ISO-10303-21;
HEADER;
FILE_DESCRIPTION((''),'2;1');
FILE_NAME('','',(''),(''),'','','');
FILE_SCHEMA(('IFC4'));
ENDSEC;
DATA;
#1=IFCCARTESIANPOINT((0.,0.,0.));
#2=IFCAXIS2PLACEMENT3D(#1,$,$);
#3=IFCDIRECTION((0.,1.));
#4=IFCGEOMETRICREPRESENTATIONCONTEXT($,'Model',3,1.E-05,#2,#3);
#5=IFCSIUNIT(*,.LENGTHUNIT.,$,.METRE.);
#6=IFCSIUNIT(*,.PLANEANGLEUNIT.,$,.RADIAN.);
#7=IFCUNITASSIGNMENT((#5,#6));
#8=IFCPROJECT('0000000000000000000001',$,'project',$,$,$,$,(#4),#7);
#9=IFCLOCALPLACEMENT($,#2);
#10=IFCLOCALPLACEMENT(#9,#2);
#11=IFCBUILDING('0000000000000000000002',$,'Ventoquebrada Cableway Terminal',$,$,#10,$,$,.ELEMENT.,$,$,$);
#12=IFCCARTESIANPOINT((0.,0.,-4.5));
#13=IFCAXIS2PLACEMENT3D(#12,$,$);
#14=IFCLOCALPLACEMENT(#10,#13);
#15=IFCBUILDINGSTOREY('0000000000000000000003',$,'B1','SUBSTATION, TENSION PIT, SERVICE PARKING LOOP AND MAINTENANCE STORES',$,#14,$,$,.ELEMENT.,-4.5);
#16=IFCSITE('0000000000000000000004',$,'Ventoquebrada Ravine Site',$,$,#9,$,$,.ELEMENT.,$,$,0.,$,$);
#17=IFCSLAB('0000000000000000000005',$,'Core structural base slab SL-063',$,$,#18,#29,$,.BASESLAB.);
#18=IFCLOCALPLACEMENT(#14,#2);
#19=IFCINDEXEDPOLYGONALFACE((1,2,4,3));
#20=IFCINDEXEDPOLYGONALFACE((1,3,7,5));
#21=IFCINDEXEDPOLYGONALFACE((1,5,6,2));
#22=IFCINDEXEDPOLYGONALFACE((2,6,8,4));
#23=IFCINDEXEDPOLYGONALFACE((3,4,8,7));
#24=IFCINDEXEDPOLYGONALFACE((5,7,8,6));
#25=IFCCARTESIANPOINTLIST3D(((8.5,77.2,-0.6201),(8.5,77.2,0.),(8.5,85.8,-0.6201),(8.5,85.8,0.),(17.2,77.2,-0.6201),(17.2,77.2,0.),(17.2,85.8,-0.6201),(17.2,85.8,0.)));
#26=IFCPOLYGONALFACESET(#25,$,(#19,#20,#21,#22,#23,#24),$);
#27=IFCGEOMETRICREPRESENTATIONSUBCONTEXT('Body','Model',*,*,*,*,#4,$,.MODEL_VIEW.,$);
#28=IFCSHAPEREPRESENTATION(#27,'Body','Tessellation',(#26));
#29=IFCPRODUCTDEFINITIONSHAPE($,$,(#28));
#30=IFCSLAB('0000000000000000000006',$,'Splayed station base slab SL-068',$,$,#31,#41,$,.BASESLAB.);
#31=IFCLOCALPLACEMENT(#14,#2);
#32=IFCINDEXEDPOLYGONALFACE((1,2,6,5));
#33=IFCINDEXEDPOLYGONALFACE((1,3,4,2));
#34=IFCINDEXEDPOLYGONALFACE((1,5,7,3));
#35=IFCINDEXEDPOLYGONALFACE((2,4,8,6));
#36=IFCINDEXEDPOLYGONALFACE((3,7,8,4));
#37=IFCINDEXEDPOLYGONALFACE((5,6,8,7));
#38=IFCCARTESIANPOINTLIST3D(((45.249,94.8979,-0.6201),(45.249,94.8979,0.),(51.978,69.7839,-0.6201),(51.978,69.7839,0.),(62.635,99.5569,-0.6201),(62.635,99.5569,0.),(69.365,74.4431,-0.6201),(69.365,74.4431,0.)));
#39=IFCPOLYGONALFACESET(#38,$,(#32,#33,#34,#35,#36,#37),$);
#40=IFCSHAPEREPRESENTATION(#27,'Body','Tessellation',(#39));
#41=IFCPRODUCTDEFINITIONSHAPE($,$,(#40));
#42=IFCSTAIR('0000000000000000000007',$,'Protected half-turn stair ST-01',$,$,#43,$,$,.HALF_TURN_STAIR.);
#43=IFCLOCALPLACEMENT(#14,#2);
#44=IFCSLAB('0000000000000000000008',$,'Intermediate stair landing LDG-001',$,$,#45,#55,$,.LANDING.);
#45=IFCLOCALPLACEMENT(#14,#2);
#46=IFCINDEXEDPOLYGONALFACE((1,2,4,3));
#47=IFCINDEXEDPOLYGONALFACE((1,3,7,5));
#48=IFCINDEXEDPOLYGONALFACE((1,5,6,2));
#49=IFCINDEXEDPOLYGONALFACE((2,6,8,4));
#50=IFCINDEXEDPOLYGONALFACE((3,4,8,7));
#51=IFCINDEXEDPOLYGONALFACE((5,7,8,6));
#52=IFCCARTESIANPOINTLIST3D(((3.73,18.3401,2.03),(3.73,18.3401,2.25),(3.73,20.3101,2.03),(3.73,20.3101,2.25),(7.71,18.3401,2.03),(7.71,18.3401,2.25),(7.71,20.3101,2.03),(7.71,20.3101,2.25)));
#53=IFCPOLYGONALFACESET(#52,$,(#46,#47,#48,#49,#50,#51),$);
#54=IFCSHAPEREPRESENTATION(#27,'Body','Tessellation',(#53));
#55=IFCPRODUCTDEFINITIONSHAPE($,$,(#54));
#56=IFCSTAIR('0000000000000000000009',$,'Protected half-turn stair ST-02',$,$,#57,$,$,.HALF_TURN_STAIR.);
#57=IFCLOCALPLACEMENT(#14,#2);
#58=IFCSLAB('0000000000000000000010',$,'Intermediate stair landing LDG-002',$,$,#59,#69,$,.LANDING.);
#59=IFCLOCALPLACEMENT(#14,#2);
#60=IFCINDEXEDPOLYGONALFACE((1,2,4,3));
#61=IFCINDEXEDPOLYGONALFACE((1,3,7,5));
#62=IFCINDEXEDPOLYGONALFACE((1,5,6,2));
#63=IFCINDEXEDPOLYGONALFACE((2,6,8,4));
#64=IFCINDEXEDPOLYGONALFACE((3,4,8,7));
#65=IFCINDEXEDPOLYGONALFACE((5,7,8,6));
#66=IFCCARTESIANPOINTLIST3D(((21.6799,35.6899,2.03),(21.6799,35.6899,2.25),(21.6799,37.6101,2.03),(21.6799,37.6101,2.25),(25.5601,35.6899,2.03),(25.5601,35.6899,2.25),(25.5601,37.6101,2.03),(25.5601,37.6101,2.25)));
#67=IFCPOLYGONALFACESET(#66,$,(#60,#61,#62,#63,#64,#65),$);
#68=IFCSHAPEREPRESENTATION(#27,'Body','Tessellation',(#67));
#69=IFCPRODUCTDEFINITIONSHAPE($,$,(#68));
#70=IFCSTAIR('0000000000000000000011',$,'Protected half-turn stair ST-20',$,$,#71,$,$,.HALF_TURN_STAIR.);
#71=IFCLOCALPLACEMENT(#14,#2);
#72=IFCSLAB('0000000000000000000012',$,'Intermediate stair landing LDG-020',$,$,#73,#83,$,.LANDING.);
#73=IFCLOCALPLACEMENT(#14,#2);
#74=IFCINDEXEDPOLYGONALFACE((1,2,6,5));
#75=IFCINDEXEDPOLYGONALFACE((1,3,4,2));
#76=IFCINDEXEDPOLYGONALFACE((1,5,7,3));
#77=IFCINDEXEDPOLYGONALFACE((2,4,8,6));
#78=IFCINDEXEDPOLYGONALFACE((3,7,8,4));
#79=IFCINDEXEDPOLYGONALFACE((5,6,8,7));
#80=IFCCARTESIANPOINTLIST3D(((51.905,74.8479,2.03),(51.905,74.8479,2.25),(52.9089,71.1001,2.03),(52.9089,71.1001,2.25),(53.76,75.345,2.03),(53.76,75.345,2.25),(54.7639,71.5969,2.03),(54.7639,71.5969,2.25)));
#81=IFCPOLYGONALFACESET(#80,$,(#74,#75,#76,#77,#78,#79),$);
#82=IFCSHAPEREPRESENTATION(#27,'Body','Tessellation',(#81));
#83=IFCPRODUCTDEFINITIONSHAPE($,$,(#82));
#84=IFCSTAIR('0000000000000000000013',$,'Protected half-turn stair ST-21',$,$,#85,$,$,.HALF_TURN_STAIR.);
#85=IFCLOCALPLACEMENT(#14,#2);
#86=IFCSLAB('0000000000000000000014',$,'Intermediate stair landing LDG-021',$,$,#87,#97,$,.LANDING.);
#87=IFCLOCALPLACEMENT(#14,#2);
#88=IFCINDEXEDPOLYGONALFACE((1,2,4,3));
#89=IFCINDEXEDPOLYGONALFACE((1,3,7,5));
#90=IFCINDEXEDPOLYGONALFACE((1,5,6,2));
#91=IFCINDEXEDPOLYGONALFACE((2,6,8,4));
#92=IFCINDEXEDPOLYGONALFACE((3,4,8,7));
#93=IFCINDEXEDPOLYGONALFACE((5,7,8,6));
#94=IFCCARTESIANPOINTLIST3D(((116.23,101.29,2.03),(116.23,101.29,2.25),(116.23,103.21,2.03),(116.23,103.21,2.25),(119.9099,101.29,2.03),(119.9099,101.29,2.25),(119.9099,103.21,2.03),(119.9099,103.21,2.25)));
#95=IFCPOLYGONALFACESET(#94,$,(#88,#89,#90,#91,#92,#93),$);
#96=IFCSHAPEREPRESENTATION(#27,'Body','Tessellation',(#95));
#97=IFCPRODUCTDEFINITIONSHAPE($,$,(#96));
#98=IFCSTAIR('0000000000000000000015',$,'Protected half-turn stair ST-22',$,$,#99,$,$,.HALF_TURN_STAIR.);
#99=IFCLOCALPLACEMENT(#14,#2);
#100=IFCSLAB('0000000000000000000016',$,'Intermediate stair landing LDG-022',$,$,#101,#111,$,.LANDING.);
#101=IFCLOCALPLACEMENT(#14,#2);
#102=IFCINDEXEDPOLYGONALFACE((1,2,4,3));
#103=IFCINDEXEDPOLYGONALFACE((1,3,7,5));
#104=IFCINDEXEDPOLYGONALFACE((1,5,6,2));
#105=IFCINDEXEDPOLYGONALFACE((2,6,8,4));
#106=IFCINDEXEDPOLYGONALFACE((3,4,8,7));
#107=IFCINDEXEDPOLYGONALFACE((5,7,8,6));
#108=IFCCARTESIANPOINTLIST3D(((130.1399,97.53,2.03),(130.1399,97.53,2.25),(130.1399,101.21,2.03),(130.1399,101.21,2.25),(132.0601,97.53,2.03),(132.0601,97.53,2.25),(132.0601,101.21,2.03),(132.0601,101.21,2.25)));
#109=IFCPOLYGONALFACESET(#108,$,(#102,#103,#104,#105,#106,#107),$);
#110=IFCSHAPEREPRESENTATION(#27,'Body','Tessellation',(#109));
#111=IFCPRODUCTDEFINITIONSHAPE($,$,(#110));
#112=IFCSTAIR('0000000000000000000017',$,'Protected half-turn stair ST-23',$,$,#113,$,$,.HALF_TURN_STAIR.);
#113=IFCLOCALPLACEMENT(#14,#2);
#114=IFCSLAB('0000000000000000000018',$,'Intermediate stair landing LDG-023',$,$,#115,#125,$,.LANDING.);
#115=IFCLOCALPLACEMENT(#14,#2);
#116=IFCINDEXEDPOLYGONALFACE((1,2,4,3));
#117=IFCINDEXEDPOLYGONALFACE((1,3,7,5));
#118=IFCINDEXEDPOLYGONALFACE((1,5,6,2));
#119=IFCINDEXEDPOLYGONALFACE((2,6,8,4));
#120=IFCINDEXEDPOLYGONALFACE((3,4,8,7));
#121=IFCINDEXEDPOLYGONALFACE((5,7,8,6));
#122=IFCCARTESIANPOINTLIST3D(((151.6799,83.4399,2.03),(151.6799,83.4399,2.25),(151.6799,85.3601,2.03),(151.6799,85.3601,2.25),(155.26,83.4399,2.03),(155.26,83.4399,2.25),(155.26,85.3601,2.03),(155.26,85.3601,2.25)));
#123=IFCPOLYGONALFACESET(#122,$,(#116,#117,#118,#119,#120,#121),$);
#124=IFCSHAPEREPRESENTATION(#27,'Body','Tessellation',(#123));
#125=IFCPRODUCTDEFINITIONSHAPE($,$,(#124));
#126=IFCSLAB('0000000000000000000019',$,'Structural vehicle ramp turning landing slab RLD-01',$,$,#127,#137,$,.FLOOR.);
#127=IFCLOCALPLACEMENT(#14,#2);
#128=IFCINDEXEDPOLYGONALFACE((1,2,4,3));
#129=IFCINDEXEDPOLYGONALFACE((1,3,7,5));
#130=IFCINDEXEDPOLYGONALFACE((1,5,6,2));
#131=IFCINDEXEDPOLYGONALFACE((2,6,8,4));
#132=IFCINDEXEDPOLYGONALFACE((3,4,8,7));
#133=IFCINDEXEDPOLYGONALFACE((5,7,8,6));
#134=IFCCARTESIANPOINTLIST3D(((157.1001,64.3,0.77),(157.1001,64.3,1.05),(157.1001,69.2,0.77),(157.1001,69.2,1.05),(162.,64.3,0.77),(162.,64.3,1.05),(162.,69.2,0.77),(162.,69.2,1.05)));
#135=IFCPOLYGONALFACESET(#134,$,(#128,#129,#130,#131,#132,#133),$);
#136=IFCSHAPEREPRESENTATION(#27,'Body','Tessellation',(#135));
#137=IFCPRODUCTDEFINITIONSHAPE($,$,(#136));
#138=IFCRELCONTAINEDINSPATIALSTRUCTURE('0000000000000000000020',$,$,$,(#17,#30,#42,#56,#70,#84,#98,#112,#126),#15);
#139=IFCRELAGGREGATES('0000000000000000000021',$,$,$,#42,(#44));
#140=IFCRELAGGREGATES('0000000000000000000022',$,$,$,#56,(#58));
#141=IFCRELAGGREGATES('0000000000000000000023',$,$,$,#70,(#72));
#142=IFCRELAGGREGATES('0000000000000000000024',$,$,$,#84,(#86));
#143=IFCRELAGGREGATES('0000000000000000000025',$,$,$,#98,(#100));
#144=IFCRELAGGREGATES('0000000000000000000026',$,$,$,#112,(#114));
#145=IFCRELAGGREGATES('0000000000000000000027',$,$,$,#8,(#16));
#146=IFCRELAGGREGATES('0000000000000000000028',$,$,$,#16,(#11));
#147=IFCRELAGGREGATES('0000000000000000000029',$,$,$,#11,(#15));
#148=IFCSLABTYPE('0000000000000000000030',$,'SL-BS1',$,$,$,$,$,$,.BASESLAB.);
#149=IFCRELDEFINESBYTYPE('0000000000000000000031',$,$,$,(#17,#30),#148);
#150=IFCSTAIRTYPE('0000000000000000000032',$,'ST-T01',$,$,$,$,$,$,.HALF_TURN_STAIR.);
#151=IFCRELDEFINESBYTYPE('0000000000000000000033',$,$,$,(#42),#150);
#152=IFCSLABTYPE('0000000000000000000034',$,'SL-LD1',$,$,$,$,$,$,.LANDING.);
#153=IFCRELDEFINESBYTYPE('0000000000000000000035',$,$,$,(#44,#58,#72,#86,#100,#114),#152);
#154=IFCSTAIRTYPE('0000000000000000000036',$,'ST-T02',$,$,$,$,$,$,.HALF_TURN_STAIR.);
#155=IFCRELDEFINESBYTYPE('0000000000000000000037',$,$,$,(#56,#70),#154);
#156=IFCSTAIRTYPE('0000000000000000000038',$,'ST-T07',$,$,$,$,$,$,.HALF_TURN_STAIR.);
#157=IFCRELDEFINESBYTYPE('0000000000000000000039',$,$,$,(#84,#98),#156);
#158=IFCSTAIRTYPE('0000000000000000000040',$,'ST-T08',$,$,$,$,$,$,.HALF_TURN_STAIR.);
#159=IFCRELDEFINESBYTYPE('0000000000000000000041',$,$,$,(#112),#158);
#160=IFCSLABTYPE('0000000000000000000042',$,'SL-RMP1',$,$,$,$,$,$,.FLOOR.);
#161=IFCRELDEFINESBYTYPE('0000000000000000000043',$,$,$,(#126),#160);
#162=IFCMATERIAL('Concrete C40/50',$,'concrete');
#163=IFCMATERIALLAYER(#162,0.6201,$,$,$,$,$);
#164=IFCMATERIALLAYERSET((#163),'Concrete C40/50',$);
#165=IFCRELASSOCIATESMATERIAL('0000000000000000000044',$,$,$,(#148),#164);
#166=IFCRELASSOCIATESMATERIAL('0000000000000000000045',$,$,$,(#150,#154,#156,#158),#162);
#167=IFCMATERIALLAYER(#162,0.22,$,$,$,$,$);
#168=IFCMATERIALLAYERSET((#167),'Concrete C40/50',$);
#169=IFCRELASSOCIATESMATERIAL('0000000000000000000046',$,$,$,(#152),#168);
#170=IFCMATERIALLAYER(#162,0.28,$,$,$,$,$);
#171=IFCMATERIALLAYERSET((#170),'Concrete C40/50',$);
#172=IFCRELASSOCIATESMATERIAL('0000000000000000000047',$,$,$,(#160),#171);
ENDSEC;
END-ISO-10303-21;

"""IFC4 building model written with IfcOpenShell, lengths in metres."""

from ifc_helpers import new_model, si_unit, direction, frame, origin, place, context, subcontext, project, spatial, polyline, outline, extrude, material, layer, layer_set, type_object, element, aggregate, save


model = new_model("IFC4")

# Units and contexts
model_context = context("Model", 3, precision=1e-05, world=origin(), true_north=direction((0.0, 1.0)))
body_context = subcontext(model_context, "Body", "Model", "MODEL_VIEW")
ifc_project = project(units=[si_unit("LENGTHUNIT", "METRE"), si_unit("PLANEANGLEUNIT", "RADIAN")], contexts=[model_context])

# Site, building, storey
site_placement = place(None, origin())
site = spatial("IfcSite", under=ifc_project, at=site_placement, Name="Ventoquebrada Ravine Site", CompositionType="ELEMENT", RefElevation=0.0)
building_placement = place(site_placement, origin())
building = spatial("IfcBuilding", under=site, at=building_placement, Name="Ventoquebrada Cableway Terminal", CompositionType="ELEMENT")
storey_placement = place(building_placement, frame((0.0, 0.0, -4.5)))
storey = spatial("IfcBuildingStorey", under=building, at=storey_placement, Name="B1", Description="SUBSTATION, TENSION PIT, SERVICE PARKING LOOP AND MAINTENANCE STORES", CompositionType="ELEMENT", Elevation=-4.5)

# Shared definitions
ifc_material = material(Name="Concrete C40/50", Category="concrete")

# Slabs
ifc_layer_1 = layer(ifc_material, 0.6201)
ifc_layer_set_1 = layer_set([ifc_layer_1], Name="Concrete C40/50")
slab_type_1 = type_object("IfcSlabType", Name="SL-BS1", PredefinedType="BASESLAB", material=ifc_layer_set_1)
slab_1_placement = place(storey_placement, frame((0.0, 0.0, -0.6201)))
element("IfcSlab", 1, at=slab_1_placement, inside=storey, type_object=slab_type_1, Name="Core structural base slab SL-063", PredefinedType="BASESLAB", context=body_context, shape_type="SweptSolid", body=[
    extrude(outline(polyline([(17.2, 77.2), (17.2, 85.8), (8.5, 85.8), (8.5, 77.2), (17.2, 77.2)])), origin(), (0.0, 0.0, 1.0), 0.6201),
])
slab_2_placement = place(storey_placement, frame((0.0, 0.0, -0.6201)))
element("IfcSlab", 2, at=slab_2_placement, inside=storey, type_object=slab_type_1, Name="Splayed station base slab SL-068", PredefinedType="BASESLAB", context=body_context, shape_type="SweptSolid", body=[
    extrude(outline(polyline([(51.978, 69.7839), (69.365, 74.4431), (62.635, 99.5569), (45.249, 94.8979), (51.978, 69.7839)])), origin(), (0.0, 0.0, 1.0), 0.6201),
])

# Stairs, slabs
stair_type_1 = type_object("IfcStairType", Name="ST-T01", PredefinedType="HALF_TURN_STAIR", material=ifc_material)
stair_1_placement = place(storey_placement, origin())
stair_1 = element("IfcStair", 3, at=stair_1_placement, inside=storey, type_object=stair_type_1, Name="Protected half-turn stair ST-01", PredefinedType="HALF_TURN_STAIR")
ifc_layer_2 = layer(ifc_material, 0.22)
ifc_layer_set_2 = layer_set([ifc_layer_2], Name="Concrete C40/50")
slab_type_2 = type_object("IfcSlabType", Name="SL-LD1", PredefinedType="LANDING", material=ifc_layer_set_2)
slab_3_placement = place(storey_placement, frame((0.0, 0.0, 2.03)))
slab_3 = element("IfcSlab", 4, at=slab_3_placement, type_object=slab_type_2, Name="Intermediate stair landing LDG-001", PredefinedType="LANDING", context=body_context, shape_type="SweptSolid", body=[
    extrude(outline(polyline([(7.71, 18.3401), (7.71, 20.3101), (3.73, 20.3101), (3.73, 18.3401), (7.71, 18.3401)])), origin(), (0.0, 0.0, 1.0), 0.22),
])
aggregate(stair_1, [slab_3])
stair_type_2 = type_object("IfcStairType", Name="ST-T02", PredefinedType="HALF_TURN_STAIR", material=ifc_material)
stair_2_placement = place(storey_placement, origin())
stair_2 = element("IfcStair", 5, at=stair_2_placement, inside=storey, type_object=stair_type_2, Name="Protected half-turn stair ST-02", PredefinedType="HALF_TURN_STAIR")
slab_4_placement = place(storey_placement, frame((0.0, 0.0, 2.03)))
slab_4 = element("IfcSlab", 6, at=slab_4_placement, type_object=slab_type_2, Name="Intermediate stair landing LDG-002", PredefinedType="LANDING", context=body_context, shape_type="SweptSolid", body=[
    extrude(outline(polyline([(25.5601, 35.6899), (25.5601, 37.6101), (21.6799, 37.6101), (21.6799, 35.6899), (25.5601, 35.6899)])), origin(), (0.0, 0.0, 1.0), 0.22),
])
aggregate(stair_2, [slab_4])
stair_3_placement = place(storey_placement, origin())
stair_3 = element("IfcStair", 7, at=stair_3_placement, inside=storey, type_object=stair_type_2, Name="Protected half-turn stair ST-20", PredefinedType="HALF_TURN_STAIR")
slab_5_placement = place(storey_placement, frame((0.0, 0.0, 2.03)))
slab_5 = element("IfcSlab", 8, at=slab_5_placement, type_object=slab_type_2, Name="Intermediate stair landing LDG-020", PredefinedType="LANDING", context=body_context, shape_type="SweptSolid", body=[
    extrude(outline(polyline([(53.76, 75.345), (51.905, 74.8479), (52.9089, 71.1001), (54.7639, 71.5969), (53.76, 75.345)])), origin(), (0.0, 0.0, 1.0), 0.22),
])
aggregate(stair_3, [slab_5])
stair_type_3 = type_object("IfcStairType", Name="ST-T07", PredefinedType="HALF_TURN_STAIR", material=ifc_material)
stair_4_placement = place(storey_placement, origin())
stair_4 = element("IfcStair", 9, at=stair_4_placement, inside=storey, type_object=stair_type_3, Name="Protected half-turn stair ST-21", PredefinedType="HALF_TURN_STAIR")
slab_6_placement = place(storey_placement, frame((0.0, 0.0, 2.03)))
slab_6 = element("IfcSlab", 10, at=slab_6_placement, type_object=slab_type_2, Name="Intermediate stair landing LDG-021", PredefinedType="LANDING", context=body_context, shape_type="SweptSolid", body=[
    extrude(outline(polyline([(119.9099, 101.29), (119.9099, 103.21), (116.23, 103.21), (116.23, 101.29), (119.9099, 101.29)])), origin(), (0.0, 0.0, 1.0), 0.22),
])
aggregate(stair_4, [slab_6])
stair_5_placement = place(storey_placement, origin())
stair_5 = element("IfcStair", 11, at=stair_5_placement, inside=storey, type_object=stair_type_3, Name="Protected half-turn stair ST-22", PredefinedType="HALF_TURN_STAIR")
slab_7_placement = place(storey_placement, frame((0.0, 0.0, 2.03)))
slab_7 = element("IfcSlab", 12, at=slab_7_placement, type_object=slab_type_2, Name="Intermediate stair landing LDG-022", PredefinedType="LANDING", context=body_context, shape_type="SweptSolid", body=[
    extrude(outline(polyline([(132.0601, 101.21), (130.1399, 101.21), (130.1399, 97.53), (132.0601, 97.53), (132.0601, 101.21)])), origin(), (0.0, 0.0, 1.0), 0.22),
])
aggregate(stair_5, [slab_7])
stair_type_4 = type_object("IfcStairType", Name="ST-T08", PredefinedType="HALF_TURN_STAIR", material=ifc_material)
stair_6_placement = place(storey_placement, origin())
stair_6 = element("IfcStair", 13, at=stair_6_placement, inside=storey, type_object=stair_type_4, Name="Protected half-turn stair ST-23", PredefinedType="HALF_TURN_STAIR")
slab_8_placement = place(storey_placement, frame((0.0, 0.0, 2.03)))
slab_8 = element("IfcSlab", 14, at=slab_8_placement, type_object=slab_type_2, Name="Intermediate stair landing LDG-023", PredefinedType="LANDING", context=body_context, shape_type="SweptSolid", body=[
    extrude(outline(polyline([(155.26, 83.4399), (155.26, 85.3601), (151.6799, 85.3601), (151.6799, 83.4399), (155.26, 83.4399)])), origin(), (0.0, 0.0, 1.0), 0.22),
])
aggregate(stair_6, [slab_8])

# Slab
ifc_layer_3 = layer(ifc_material, 0.28)
ifc_layer_set_3 = layer_set([ifc_layer_3], Name="Concrete C40/50")
slab_type_3 = type_object("IfcSlabType", Name="SL-RMP1", PredefinedType="FLOOR", material=ifc_layer_set_3)
slab_9_placement = place(storey_placement, frame((0.0, 0.0, 0.77)))
element("IfcSlab", 15, at=slab_9_placement, inside=storey, type_object=slab_type_3, Name="Structural vehicle ramp turning landing slab RLD-01", PredefinedType="FLOOR", context=body_context, shape_type="SweptSolid", body=[
    extrude(outline(polyline([(157.1001, 64.3), (162.0, 64.3), (162.0, 69.2), (157.1001, 69.2), (157.1001, 64.3)])), origin(), (0.0, 0.0, 1.0), 0.28),
])

save(model, "model.ifc")
